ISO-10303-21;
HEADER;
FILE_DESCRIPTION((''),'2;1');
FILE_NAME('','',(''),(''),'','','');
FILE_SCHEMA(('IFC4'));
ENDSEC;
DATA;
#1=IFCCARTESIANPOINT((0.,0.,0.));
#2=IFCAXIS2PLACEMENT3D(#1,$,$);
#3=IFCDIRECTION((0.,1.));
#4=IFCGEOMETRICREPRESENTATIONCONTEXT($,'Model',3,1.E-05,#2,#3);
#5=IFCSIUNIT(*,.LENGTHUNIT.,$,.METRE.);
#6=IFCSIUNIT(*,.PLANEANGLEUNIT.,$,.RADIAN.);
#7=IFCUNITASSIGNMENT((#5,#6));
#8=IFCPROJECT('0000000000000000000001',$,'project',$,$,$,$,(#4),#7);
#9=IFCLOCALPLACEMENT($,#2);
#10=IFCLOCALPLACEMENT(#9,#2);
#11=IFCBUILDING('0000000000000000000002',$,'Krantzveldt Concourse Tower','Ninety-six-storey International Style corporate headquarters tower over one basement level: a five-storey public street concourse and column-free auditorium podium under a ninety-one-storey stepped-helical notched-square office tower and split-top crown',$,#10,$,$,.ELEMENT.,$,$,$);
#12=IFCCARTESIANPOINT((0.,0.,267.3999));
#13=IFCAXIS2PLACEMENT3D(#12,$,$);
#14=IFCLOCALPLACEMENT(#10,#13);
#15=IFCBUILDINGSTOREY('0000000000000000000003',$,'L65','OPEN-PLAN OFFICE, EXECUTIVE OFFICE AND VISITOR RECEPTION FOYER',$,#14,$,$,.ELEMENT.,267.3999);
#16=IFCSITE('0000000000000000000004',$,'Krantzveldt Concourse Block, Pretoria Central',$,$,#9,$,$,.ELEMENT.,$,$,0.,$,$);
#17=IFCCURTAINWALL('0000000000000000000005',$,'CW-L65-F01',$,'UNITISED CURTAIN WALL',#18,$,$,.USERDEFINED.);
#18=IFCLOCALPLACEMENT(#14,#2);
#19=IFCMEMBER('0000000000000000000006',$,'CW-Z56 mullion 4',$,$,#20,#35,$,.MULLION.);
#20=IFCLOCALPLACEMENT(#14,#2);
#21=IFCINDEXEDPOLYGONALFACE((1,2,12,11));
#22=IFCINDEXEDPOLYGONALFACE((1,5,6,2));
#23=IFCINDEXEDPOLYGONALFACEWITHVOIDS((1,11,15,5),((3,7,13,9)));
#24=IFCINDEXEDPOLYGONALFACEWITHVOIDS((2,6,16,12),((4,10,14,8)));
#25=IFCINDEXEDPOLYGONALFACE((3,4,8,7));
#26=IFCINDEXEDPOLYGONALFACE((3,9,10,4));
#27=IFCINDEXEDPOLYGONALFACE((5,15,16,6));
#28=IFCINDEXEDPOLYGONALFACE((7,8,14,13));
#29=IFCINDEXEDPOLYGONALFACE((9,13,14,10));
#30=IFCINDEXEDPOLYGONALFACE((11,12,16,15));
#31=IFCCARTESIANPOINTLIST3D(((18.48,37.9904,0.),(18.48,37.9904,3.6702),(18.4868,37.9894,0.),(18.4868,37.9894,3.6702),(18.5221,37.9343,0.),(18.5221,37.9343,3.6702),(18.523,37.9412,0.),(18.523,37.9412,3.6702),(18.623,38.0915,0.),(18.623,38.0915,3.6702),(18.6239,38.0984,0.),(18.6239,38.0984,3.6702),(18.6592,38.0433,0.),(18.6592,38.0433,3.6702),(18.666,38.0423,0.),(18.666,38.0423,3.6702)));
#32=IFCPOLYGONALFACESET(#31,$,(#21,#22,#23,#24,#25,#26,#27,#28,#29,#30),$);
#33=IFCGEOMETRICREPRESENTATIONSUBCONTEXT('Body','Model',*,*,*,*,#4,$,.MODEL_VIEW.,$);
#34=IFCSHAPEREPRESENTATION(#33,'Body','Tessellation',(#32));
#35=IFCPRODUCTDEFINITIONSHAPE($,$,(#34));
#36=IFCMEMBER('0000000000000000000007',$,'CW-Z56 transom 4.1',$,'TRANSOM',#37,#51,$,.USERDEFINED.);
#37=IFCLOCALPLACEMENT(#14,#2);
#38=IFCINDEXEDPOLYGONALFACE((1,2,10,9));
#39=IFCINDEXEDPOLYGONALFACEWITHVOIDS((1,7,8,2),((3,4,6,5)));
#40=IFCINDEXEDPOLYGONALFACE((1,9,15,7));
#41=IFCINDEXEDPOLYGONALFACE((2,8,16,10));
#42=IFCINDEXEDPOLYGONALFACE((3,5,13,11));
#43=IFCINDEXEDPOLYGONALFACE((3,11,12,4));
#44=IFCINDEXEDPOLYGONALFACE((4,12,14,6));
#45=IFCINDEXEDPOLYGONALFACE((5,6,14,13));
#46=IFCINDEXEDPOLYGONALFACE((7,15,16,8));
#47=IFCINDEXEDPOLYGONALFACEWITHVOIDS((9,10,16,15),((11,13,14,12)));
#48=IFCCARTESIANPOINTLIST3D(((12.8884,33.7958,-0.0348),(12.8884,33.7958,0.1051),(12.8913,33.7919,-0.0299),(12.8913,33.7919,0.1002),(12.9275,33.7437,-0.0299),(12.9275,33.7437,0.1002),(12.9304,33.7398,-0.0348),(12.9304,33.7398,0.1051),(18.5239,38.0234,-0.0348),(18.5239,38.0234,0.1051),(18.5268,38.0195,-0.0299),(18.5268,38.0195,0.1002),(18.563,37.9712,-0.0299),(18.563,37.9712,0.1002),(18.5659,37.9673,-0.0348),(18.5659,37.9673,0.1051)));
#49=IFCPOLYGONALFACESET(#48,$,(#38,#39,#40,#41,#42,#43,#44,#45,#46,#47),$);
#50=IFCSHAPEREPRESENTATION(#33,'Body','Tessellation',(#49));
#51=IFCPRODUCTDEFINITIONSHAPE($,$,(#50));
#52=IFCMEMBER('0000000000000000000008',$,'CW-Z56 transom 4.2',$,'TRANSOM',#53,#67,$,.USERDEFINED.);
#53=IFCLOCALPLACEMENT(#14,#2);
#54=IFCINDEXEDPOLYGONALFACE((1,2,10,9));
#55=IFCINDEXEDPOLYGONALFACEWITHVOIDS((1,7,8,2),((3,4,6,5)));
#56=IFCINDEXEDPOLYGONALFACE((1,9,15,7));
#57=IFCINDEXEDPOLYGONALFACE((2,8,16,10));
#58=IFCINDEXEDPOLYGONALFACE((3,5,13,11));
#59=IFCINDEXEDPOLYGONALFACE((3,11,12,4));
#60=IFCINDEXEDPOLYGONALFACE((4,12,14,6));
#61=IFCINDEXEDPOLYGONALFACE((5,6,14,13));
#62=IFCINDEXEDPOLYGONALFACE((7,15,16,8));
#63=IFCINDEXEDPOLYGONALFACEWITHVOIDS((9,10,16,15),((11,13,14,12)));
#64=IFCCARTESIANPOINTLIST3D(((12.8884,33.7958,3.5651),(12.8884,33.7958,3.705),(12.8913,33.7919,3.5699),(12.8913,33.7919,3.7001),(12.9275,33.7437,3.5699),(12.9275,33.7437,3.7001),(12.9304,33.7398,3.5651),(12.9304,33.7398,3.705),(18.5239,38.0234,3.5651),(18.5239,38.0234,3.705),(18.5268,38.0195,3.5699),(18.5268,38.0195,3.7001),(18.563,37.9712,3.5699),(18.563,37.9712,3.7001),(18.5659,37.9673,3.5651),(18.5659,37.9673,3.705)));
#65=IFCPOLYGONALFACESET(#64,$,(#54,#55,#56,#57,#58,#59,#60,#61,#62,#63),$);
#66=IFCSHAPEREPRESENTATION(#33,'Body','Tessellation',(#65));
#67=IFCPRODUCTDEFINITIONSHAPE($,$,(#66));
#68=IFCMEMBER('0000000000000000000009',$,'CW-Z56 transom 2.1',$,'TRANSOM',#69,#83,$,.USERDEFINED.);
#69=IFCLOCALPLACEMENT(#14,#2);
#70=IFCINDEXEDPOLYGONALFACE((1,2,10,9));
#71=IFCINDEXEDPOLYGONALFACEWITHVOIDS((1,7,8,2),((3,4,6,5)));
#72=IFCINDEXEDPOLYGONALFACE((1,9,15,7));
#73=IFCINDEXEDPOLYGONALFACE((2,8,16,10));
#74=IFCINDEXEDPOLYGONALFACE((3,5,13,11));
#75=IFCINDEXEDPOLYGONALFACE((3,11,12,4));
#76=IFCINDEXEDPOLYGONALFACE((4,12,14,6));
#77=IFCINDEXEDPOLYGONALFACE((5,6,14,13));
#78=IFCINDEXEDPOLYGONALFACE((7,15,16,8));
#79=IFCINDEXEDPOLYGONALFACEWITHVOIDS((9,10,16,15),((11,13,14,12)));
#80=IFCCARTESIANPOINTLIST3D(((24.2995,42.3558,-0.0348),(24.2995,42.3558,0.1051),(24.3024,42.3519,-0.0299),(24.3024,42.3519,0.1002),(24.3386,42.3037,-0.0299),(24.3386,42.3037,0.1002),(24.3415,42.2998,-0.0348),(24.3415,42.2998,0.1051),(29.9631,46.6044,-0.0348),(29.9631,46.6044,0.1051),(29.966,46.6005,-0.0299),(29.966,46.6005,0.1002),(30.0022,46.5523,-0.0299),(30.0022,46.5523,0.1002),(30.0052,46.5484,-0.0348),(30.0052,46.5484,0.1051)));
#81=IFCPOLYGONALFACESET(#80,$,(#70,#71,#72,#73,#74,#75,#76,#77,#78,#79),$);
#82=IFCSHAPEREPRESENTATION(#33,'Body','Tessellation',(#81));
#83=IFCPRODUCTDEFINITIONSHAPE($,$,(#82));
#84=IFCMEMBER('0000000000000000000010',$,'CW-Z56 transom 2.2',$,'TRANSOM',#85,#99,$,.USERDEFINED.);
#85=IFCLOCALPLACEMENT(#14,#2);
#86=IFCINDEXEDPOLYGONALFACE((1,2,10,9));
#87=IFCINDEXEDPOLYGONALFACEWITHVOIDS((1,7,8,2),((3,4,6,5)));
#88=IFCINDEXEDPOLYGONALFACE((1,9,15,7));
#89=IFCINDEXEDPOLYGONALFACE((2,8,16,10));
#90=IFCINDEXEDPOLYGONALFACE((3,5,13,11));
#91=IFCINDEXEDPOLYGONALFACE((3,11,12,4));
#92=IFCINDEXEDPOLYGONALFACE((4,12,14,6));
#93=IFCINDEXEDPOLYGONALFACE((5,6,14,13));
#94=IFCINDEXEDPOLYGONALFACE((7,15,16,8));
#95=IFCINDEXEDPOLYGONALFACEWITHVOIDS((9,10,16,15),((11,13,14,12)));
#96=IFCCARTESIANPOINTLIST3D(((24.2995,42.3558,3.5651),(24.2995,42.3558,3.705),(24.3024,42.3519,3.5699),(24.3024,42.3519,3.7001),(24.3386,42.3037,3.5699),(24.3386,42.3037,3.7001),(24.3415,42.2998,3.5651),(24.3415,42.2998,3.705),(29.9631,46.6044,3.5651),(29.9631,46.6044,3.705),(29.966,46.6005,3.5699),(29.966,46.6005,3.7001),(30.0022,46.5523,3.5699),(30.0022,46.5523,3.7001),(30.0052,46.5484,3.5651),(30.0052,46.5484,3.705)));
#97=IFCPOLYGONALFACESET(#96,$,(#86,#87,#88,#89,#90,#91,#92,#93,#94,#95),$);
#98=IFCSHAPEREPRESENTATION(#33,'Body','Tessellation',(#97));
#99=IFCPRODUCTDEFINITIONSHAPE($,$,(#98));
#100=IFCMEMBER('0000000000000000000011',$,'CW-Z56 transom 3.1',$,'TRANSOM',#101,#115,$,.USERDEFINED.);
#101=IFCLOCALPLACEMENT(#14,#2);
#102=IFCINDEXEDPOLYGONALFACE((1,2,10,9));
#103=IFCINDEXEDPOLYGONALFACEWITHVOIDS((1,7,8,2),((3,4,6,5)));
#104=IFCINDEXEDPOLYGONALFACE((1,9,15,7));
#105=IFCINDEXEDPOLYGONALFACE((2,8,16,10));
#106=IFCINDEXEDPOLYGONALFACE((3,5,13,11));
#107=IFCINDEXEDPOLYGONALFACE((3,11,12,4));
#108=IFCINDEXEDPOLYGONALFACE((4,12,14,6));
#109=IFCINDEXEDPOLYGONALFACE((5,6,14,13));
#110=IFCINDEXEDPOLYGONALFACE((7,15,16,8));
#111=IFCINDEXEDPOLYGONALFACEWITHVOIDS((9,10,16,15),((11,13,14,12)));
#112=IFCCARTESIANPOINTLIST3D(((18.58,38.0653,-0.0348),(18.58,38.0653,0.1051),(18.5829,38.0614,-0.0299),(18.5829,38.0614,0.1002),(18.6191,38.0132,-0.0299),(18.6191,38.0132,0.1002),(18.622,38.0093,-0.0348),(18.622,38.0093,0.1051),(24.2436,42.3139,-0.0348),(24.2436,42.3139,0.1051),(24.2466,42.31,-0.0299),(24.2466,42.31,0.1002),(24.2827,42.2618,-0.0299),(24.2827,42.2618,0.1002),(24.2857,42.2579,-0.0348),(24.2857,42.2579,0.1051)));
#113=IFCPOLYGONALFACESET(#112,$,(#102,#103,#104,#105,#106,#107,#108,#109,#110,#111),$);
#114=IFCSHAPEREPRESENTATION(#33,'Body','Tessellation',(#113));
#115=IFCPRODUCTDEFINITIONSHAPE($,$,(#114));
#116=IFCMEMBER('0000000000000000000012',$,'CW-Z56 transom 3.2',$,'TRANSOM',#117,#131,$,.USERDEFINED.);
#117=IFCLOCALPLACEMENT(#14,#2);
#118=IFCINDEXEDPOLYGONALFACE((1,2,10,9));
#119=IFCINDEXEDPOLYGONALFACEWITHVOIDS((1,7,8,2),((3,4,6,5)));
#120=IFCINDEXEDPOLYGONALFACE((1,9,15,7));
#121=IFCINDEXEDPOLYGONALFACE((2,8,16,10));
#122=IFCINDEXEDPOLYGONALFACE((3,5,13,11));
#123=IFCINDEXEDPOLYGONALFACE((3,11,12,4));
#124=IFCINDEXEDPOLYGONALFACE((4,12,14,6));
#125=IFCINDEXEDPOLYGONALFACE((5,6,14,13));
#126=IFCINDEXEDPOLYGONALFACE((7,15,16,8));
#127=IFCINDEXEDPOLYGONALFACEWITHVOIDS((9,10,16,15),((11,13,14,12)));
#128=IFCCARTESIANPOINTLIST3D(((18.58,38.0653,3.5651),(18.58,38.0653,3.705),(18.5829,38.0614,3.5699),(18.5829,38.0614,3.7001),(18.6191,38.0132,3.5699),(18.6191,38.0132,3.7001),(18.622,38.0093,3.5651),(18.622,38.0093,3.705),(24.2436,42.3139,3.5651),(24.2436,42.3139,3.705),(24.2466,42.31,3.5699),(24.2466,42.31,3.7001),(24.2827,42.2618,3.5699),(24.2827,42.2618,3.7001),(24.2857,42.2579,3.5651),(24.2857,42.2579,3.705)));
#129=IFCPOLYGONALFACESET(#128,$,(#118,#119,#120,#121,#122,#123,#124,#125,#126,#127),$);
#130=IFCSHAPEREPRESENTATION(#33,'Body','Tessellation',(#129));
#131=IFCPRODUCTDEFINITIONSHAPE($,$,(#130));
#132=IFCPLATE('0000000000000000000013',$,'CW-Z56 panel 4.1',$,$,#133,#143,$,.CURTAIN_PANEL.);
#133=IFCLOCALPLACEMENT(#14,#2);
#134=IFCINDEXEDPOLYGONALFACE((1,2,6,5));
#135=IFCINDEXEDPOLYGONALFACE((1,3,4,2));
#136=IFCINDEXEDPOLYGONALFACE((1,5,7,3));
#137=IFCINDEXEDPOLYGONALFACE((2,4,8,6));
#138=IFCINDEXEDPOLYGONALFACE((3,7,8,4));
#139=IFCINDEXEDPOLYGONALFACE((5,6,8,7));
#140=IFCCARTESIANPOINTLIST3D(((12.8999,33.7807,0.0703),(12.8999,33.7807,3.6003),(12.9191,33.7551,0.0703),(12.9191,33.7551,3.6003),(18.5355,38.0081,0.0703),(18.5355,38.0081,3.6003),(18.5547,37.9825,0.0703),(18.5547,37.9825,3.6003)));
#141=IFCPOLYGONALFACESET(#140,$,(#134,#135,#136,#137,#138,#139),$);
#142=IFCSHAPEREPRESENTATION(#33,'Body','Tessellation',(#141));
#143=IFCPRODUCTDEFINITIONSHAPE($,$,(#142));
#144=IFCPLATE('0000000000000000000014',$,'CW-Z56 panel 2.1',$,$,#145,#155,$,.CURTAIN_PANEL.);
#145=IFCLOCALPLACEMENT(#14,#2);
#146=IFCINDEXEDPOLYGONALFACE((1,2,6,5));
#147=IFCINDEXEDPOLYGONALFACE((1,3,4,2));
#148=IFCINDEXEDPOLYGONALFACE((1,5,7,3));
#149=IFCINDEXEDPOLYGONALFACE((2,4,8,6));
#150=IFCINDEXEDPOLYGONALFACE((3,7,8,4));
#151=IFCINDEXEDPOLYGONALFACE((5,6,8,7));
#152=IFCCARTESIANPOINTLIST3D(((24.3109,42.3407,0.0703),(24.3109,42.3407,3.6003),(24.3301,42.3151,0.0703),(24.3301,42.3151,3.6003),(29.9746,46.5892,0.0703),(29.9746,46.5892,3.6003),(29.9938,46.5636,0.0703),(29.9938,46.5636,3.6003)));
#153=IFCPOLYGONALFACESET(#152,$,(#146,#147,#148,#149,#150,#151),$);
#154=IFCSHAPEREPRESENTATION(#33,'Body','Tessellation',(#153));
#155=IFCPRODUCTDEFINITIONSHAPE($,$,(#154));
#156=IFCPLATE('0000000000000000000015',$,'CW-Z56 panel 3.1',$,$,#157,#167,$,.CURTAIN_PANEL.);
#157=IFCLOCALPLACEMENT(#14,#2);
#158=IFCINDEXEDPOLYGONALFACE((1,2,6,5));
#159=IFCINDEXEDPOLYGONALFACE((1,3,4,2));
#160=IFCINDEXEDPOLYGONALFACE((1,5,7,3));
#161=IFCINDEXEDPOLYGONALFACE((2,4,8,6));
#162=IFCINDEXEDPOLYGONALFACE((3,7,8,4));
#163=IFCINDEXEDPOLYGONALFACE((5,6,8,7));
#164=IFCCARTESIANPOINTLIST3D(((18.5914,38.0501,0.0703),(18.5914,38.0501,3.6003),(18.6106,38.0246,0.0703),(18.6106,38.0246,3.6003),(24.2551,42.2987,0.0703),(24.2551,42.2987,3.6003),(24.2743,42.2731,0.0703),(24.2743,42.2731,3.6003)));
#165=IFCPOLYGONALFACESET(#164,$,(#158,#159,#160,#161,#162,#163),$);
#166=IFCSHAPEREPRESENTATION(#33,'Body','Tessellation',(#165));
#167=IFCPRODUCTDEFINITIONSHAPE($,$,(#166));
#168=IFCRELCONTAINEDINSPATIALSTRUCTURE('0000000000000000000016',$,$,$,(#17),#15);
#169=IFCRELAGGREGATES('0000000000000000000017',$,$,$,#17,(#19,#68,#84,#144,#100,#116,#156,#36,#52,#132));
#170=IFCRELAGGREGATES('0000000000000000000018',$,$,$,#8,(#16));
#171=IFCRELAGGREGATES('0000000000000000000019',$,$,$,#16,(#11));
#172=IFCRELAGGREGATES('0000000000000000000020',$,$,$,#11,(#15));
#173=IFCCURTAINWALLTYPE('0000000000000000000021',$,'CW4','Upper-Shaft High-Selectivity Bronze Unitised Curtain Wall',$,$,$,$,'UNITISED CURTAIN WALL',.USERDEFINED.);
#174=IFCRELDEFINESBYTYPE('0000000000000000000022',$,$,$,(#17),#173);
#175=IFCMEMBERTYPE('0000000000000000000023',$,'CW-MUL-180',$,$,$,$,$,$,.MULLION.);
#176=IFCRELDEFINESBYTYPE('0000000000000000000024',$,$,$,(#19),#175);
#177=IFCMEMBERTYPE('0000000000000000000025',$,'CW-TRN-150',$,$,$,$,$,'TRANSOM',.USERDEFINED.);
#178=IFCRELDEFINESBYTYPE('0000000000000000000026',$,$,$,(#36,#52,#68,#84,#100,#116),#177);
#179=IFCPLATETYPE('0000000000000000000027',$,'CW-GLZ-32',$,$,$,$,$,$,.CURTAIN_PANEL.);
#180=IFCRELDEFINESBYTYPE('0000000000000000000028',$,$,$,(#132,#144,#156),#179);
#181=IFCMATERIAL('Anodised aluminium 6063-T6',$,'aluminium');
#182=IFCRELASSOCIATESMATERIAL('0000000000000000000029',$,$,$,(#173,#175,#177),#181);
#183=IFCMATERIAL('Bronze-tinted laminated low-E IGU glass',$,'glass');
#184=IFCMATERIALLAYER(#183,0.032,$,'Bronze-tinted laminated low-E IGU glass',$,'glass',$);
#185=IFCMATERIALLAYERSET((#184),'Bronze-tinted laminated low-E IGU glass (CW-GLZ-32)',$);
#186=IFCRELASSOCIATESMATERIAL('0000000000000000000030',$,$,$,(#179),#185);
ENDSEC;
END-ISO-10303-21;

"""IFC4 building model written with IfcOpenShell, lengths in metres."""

from ifc_helpers import new_model, si_unit, direction, frame, origin, origin_2d, place, context, subcontext, project, spatial, rectangle, hollow_rectangle, extrude, source, transform, mapped, material, layer, layer_set, material_profile, profile_set, type_object, type_shapes, element, aggregate, save


model = new_model("IFC4")

# Units and contexts
model_context = context("Model", 3, precision=1e-05, world=origin(), true_north=direction((0.0, 1.0)))
body_context = subcontext(model_context, "Body", "Model", "MODEL_VIEW")
ifc_project = project(units=[si_unit("LENGTHUNIT", "METRE"), si_unit("PLANEANGLEUNIT", "RADIAN")], contexts=[model_context])

# Site, building, storey
site_placement = place(None, origin())
site = spatial("IfcSite", under=ifc_project, at=site_placement, Name="Krantzveldt Concourse Block, Pretoria Central", CompositionType="ELEMENT", RefElevation=0.0)
building_placement = place(site_placement, origin())
building = spatial("IfcBuilding", under=site, at=building_placement, Name="Krantzveldt Concourse Tower", Description="Ninety-six-storey International Style corporate headquarters tower over one basement level: a five-storey public street concourse and column-free auditorium podium under a ninety-one-storey stepped-helical notched-square office tower and split-top crown", CompositionType="ELEMENT")
storey_placement = place(building_placement, frame((0.0, 0.0, 267.3999)))
storey = spatial("IfcBuildingStorey", under=building, at=storey_placement, Name="L65", Description="OPEN-PLAN OFFICE, EXECUTIVE OFFICE AND VISITOR RECEPTION FOYER", CompositionType="ELEMENT", Elevation=267.3999)

# Curtain wall, members, plates
ifc_material_1 = material(Name="Anodised aluminium 6063-T6", Category="aluminium")
curtain_wall_type = type_object("IfcCurtainWallType", Name="CW4", Description="Upper-Shaft High-Selectivity Bronze Unitised Curtain Wall", ElementType="UNITISED CURTAIN WALL", PredefinedType="USERDEFINED", material=ifc_material_1)
curtain_wall_placement = place(storey_placement, origin())
curtain_wall = element("IfcCurtainWall", 1, at=curtain_wall_placement, inside=storey, type_object=curtain_wall_type, Name="CW-L65-F01", ObjectType="UNITISED CURTAIN WALL", PredefinedType="USERDEFINED")
ifc_material_profile_1 = material_profile(ifc_material_1, hollow_rectangle(XDim=0.0701, YDim=0.1799, WallThickness=0.0049, at=origin_2d()), Name="Anodised aluminium 6063-T6", Category="aluminium")
ifc_profile_set_1 = profile_set([ifc_material_profile_1], Name="Anodised aluminium 6063-T6 - ALU-MULL 180x70x5")
member_type_1 = type_object("IfcMemberType", Name="CW-MUL-180", PredefinedType="MULLION", material=ifc_profile_set_1)
shared_shape_1 = source(origin(), body_context, "Body", "SweptSolid", [
    extrude(hollow_rectangle(XDim=0.0701, YDim=0.1799, WallThickness=0.0049, at=origin_2d()), origin(), (0.0, 0.0, 1.0), 3.6702),
])
type_shapes(member_type_1, [shared_shape_1])
member_1_placement = place(storey_placement, frame((18.573, 38.0164, 0.0), z_axis=(0.0, 0.0, 1.0), x_axis=(0.600071, -0.799947, 0.0)))
member_1 = element("IfcMember", 2, at=member_1_placement, type_object=member_type_1, Name="CW-Z56 mullion 4", PredefinedType="MULLION", context=body_context, shape_type="MappedRepresentation", body=[
    mapped(shared_shape_1, transform((0.0, 0.0, 0.0), x_axis=(1.0, 0.0, 0.0), y_axis=(0.0, 1.0, 0.0), z_axis=(0.0, 0.0, 1.0), scale=1.0)),
])
ifc_material_profile_2 = material_profile(ifc_material_1, hollow_rectangle(XDim=0.0701, YDim=0.1399, WallThickness=0.0049, at=origin_2d()), Name="Anodised aluminium 6063-T6", Category="aluminium")
ifc_profile_set_2 = profile_set([ifc_material_profile_2], Name="Anodised aluminium 6063-T6 - ALU-TRAN 140x70x5")
member_type_2 = type_object("IfcMemberType", Name="CW-TRN-150", ElementType="TRANSOM", PredefinedType="USERDEFINED", material=ifc_profile_set_2)
shared_shape_2 = source(origin(), body_context, "Body", "SweptSolid", [
    extrude(hollow_rectangle(XDim=0.0701, YDim=0.1399, WallThickness=0.0049, at=origin_2d()), origin(), (0.0, 0.0, 1.0), 7.0449),
])
member_2_placement = place(storey_placement, frame((18.5449, 37.9954, 0.0352), z_axis=(-0.799938, -0.600083, 0.0), x_axis=(0.600083, -0.799938, 0.0)))
member_2 = element("IfcMember", 3, at=member_2_placement, type_object=member_type_2, Name="CW-Z56 transom 4.1", ObjectType="TRANSOM", PredefinedType="USERDEFINED", context=body_context, shape_type="MappedRepresentation", body=[
    mapped(shared_shape_2, transform((0.0, 0.0, 0.0), x_axis=(1.0, 0.0, 0.0), y_axis=(0.0, 1.0, 0.0), z_axis=(0.0, 0.0, 1.0), scale=1.0)),
])
member_3_placement = place(storey_placement, frame((18.5449, 37.9954, 3.635), z_axis=(-0.799938, -0.600083, 0.0), x_axis=(0.600083, -0.799938, 0.0)))
member_3 = element("IfcMember", 4, at=member_3_placement, type_object=member_type_2, Name="CW-Z56 transom 4.2", ObjectType="TRANSOM", PredefinedType="USERDEFINED", context=body_context, shape_type="MappedRepresentation", body=[
    mapped(shared_shape_2, transform((0.0, 0.0, 0.0), x_axis=(1.0, 0.0, 0.0), y_axis=(0.0, 1.0, 0.0), z_axis=(0.0, 0.0, 1.0), scale=1.0)),
])
shared_shape_3 = source(origin(), body_context, "Body", "SweptSolid", [
    extrude(hollow_rectangle(XDim=0.0701, YDim=0.1399, WallThickness=0.0049, at=origin_2d()), origin(), (0.0, 0.0, 1.0), 7.0801),
])
type_shapes(member_type_2, [shared_shape_2, shared_shape_3])
member_4_placement = place(storey_placement, frame((29.9841, 46.5764, 0.0352), z_axis=(-0.799942, -0.600077, 0.0), x_axis=(0.600077, -0.799942, 0.0)))
member_4 = element("IfcMember", 5, at=member_4_placement, type_object=member_type_2, Name="CW-Z56 transom 2.1", ObjectType="TRANSOM", PredefinedType="USERDEFINED", context=body_context, shape_type="MappedRepresentation", body=[
    mapped(shared_shape_3, transform((0.0, 0.0, 0.0), x_axis=(1.0, 0.0, 0.0), y_axis=(0.0, 1.0, 0.0), z_axis=(0.0, 0.0, 1.0), scale=1.0)),
])
member_5_placement = place(storey_placement, frame((29.9841, 46.5764, 3.635), z_axis=(-0.799942, -0.600077, 0.0), x_axis=(0.600077, -0.799942, 0.0)))
member_5 = element("IfcMember", 6, at=member_5_placement, type_object=member_type_2, Name="CW-Z56 transom 2.2", ObjectType="TRANSOM", PredefinedType="USERDEFINED", context=body_context, shape_type="MappedRepresentation", body=[
    mapped(shared_shape_3, transform((0.0, 0.0, 0.0), x_axis=(1.0, 0.0, 0.0), y_axis=(0.0, 1.0, 0.0), z_axis=(0.0, 0.0, 1.0), scale=1.0)),
])
member_6_placement = place(storey_placement, frame((24.2646, 42.2859, 0.0352), z_axis=(-0.799942, -0.600077, 0.0), x_axis=(0.600077, -0.799942, 0.0)))
member_6 = element("IfcMember", 7, at=member_6_placement, type_object=member_type_2, Name="CW-Z56 transom 3.1", ObjectType="TRANSOM", PredefinedType="USERDEFINED", context=body_context, shape_type="MappedRepresentation", body=[
    mapped(shared_shape_3, transform((0.0, 0.0, 0.0), x_axis=(1.0, 0.0, 0.0), y_axis=(0.0, 1.0, 0.0), z_axis=(0.0, 0.0, 1.0), scale=1.0)),
])
member_7_placement = place(storey_placement, frame((24.2646, 42.2859, 3.635), z_axis=(-0.799942, -0.600077, 0.0), x_axis=(0.600077, -0.799942, 0.0)))
member_7 = element("IfcMember", 8, at=member_7_placement, type_object=member_type_2, Name="CW-Z56 transom 3.2", ObjectType="TRANSOM", PredefinedType="USERDEFINED", context=body_context, shape_type="MappedRepresentation", body=[
    mapped(shared_shape_3, transform((0.0, 0.0, 0.0), x_axis=(1.0, 0.0, 0.0), y_axis=(0.0, 1.0, 0.0), z_axis=(0.0, 0.0, 1.0), scale=1.0)),
])
ifc_material_2 = material(Name="Bronze-tinted laminated low-E IGU glass", Category="glass")
ifc_layer_1 = layer(ifc_material_2, 0.032, Name="Bronze-tinted laminated low-E IGU glass", Category="glass")
ifc_layer_set_1 = layer_set([ifc_layer_1], Name="Bronze-tinted laminated low-E IGU glass (CW-GLZ-32)")
plate_type = type_object("IfcPlateType", Name="CW-GLZ-32", PredefinedType="CURTAIN_PANEL", material=ifc_layer_set_1)
shared_shape_4 = source(origin(), body_context, "Body", "SweptSolid", [
    extrude(rectangle(XDim=7.0449, YDim=0.032, at=origin_2d()), origin(), (0.0, 0.0, 1.0), 3.53),
])
plate_1_placement = place(storey_placement, frame((15.7273, 35.8816, 0.0703), z_axis=(0.0, 0.0, 1.0), x_axis=(-0.799947, -0.600071, 0.0)))
plate_1 = element("IfcPlate", 9, at=plate_1_placement, type_object=plate_type, Name="CW-Z56 panel 4.1", PredefinedType="CURTAIN_PANEL", context=body_context, shape_type="MappedRepresentation", body=[
    mapped(shared_shape_4, transform((0.0, 0.0, 0.0), x_axis=(1.0, 0.0, 0.0), y_axis=(0.0, 1.0, 0.0), z_axis=(0.0, 0.0, 1.0), scale=1.0)),
])
shared_shape_5 = source(origin(), body_context, "Body", "SweptSolid", [
    extrude(rectangle(XDim=7.0801, YDim=0.032, at=origin_2d()), origin(), (0.0, 0.0, 1.0), 3.53),
])
type_shapes(plate_type, [shared_shape_4, shared_shape_5])
plate_2_placement = place(storey_placement, frame((27.1523, 44.4521, 0.0703), z_axis=(0.0, 0.0, 1.0), x_axis=(-0.799947, -0.600071, 0.0)))
plate_2 = element("IfcPlate", 10, at=plate_2_placement, type_object=plate_type, Name="CW-Z56 panel 2.1", PredefinedType="CURTAIN_PANEL", context=body_context, shape_type="MappedRepresentation", body=[
    mapped(shared_shape_5, transform((0.0, 0.0, 0.0), x_axis=(1.0, 0.0, 0.0), y_axis=(0.0, 1.0, 0.0), z_axis=(0.0, 0.0, 1.0), scale=1.0)),
])
plate_3_placement = place(storey_placement, frame((21.4329, 40.1616, 0.0703), z_axis=(0.0, 0.0, 1.0), x_axis=(-0.799947, -0.600071, 0.0)))
plate_3 = element("IfcPlate", 11, at=plate_3_placement, type_object=plate_type, Name="CW-Z56 panel 3.1", PredefinedType="CURTAIN_PANEL", context=body_context, shape_type="MappedRepresentation", body=[
    mapped(shared_shape_5, transform((0.0, 0.0, 0.0), x_axis=(1.0, 0.0, 0.0), y_axis=(0.0, 1.0, 0.0), z_axis=(0.0, 0.0, 1.0), scale=1.0)),
])
aggregate(curtain_wall, [member_1, member_4, member_5, plate_2, member_6, member_7, plate_3, member_2, member_3, plate_1])

save(model, "model.ifc")
